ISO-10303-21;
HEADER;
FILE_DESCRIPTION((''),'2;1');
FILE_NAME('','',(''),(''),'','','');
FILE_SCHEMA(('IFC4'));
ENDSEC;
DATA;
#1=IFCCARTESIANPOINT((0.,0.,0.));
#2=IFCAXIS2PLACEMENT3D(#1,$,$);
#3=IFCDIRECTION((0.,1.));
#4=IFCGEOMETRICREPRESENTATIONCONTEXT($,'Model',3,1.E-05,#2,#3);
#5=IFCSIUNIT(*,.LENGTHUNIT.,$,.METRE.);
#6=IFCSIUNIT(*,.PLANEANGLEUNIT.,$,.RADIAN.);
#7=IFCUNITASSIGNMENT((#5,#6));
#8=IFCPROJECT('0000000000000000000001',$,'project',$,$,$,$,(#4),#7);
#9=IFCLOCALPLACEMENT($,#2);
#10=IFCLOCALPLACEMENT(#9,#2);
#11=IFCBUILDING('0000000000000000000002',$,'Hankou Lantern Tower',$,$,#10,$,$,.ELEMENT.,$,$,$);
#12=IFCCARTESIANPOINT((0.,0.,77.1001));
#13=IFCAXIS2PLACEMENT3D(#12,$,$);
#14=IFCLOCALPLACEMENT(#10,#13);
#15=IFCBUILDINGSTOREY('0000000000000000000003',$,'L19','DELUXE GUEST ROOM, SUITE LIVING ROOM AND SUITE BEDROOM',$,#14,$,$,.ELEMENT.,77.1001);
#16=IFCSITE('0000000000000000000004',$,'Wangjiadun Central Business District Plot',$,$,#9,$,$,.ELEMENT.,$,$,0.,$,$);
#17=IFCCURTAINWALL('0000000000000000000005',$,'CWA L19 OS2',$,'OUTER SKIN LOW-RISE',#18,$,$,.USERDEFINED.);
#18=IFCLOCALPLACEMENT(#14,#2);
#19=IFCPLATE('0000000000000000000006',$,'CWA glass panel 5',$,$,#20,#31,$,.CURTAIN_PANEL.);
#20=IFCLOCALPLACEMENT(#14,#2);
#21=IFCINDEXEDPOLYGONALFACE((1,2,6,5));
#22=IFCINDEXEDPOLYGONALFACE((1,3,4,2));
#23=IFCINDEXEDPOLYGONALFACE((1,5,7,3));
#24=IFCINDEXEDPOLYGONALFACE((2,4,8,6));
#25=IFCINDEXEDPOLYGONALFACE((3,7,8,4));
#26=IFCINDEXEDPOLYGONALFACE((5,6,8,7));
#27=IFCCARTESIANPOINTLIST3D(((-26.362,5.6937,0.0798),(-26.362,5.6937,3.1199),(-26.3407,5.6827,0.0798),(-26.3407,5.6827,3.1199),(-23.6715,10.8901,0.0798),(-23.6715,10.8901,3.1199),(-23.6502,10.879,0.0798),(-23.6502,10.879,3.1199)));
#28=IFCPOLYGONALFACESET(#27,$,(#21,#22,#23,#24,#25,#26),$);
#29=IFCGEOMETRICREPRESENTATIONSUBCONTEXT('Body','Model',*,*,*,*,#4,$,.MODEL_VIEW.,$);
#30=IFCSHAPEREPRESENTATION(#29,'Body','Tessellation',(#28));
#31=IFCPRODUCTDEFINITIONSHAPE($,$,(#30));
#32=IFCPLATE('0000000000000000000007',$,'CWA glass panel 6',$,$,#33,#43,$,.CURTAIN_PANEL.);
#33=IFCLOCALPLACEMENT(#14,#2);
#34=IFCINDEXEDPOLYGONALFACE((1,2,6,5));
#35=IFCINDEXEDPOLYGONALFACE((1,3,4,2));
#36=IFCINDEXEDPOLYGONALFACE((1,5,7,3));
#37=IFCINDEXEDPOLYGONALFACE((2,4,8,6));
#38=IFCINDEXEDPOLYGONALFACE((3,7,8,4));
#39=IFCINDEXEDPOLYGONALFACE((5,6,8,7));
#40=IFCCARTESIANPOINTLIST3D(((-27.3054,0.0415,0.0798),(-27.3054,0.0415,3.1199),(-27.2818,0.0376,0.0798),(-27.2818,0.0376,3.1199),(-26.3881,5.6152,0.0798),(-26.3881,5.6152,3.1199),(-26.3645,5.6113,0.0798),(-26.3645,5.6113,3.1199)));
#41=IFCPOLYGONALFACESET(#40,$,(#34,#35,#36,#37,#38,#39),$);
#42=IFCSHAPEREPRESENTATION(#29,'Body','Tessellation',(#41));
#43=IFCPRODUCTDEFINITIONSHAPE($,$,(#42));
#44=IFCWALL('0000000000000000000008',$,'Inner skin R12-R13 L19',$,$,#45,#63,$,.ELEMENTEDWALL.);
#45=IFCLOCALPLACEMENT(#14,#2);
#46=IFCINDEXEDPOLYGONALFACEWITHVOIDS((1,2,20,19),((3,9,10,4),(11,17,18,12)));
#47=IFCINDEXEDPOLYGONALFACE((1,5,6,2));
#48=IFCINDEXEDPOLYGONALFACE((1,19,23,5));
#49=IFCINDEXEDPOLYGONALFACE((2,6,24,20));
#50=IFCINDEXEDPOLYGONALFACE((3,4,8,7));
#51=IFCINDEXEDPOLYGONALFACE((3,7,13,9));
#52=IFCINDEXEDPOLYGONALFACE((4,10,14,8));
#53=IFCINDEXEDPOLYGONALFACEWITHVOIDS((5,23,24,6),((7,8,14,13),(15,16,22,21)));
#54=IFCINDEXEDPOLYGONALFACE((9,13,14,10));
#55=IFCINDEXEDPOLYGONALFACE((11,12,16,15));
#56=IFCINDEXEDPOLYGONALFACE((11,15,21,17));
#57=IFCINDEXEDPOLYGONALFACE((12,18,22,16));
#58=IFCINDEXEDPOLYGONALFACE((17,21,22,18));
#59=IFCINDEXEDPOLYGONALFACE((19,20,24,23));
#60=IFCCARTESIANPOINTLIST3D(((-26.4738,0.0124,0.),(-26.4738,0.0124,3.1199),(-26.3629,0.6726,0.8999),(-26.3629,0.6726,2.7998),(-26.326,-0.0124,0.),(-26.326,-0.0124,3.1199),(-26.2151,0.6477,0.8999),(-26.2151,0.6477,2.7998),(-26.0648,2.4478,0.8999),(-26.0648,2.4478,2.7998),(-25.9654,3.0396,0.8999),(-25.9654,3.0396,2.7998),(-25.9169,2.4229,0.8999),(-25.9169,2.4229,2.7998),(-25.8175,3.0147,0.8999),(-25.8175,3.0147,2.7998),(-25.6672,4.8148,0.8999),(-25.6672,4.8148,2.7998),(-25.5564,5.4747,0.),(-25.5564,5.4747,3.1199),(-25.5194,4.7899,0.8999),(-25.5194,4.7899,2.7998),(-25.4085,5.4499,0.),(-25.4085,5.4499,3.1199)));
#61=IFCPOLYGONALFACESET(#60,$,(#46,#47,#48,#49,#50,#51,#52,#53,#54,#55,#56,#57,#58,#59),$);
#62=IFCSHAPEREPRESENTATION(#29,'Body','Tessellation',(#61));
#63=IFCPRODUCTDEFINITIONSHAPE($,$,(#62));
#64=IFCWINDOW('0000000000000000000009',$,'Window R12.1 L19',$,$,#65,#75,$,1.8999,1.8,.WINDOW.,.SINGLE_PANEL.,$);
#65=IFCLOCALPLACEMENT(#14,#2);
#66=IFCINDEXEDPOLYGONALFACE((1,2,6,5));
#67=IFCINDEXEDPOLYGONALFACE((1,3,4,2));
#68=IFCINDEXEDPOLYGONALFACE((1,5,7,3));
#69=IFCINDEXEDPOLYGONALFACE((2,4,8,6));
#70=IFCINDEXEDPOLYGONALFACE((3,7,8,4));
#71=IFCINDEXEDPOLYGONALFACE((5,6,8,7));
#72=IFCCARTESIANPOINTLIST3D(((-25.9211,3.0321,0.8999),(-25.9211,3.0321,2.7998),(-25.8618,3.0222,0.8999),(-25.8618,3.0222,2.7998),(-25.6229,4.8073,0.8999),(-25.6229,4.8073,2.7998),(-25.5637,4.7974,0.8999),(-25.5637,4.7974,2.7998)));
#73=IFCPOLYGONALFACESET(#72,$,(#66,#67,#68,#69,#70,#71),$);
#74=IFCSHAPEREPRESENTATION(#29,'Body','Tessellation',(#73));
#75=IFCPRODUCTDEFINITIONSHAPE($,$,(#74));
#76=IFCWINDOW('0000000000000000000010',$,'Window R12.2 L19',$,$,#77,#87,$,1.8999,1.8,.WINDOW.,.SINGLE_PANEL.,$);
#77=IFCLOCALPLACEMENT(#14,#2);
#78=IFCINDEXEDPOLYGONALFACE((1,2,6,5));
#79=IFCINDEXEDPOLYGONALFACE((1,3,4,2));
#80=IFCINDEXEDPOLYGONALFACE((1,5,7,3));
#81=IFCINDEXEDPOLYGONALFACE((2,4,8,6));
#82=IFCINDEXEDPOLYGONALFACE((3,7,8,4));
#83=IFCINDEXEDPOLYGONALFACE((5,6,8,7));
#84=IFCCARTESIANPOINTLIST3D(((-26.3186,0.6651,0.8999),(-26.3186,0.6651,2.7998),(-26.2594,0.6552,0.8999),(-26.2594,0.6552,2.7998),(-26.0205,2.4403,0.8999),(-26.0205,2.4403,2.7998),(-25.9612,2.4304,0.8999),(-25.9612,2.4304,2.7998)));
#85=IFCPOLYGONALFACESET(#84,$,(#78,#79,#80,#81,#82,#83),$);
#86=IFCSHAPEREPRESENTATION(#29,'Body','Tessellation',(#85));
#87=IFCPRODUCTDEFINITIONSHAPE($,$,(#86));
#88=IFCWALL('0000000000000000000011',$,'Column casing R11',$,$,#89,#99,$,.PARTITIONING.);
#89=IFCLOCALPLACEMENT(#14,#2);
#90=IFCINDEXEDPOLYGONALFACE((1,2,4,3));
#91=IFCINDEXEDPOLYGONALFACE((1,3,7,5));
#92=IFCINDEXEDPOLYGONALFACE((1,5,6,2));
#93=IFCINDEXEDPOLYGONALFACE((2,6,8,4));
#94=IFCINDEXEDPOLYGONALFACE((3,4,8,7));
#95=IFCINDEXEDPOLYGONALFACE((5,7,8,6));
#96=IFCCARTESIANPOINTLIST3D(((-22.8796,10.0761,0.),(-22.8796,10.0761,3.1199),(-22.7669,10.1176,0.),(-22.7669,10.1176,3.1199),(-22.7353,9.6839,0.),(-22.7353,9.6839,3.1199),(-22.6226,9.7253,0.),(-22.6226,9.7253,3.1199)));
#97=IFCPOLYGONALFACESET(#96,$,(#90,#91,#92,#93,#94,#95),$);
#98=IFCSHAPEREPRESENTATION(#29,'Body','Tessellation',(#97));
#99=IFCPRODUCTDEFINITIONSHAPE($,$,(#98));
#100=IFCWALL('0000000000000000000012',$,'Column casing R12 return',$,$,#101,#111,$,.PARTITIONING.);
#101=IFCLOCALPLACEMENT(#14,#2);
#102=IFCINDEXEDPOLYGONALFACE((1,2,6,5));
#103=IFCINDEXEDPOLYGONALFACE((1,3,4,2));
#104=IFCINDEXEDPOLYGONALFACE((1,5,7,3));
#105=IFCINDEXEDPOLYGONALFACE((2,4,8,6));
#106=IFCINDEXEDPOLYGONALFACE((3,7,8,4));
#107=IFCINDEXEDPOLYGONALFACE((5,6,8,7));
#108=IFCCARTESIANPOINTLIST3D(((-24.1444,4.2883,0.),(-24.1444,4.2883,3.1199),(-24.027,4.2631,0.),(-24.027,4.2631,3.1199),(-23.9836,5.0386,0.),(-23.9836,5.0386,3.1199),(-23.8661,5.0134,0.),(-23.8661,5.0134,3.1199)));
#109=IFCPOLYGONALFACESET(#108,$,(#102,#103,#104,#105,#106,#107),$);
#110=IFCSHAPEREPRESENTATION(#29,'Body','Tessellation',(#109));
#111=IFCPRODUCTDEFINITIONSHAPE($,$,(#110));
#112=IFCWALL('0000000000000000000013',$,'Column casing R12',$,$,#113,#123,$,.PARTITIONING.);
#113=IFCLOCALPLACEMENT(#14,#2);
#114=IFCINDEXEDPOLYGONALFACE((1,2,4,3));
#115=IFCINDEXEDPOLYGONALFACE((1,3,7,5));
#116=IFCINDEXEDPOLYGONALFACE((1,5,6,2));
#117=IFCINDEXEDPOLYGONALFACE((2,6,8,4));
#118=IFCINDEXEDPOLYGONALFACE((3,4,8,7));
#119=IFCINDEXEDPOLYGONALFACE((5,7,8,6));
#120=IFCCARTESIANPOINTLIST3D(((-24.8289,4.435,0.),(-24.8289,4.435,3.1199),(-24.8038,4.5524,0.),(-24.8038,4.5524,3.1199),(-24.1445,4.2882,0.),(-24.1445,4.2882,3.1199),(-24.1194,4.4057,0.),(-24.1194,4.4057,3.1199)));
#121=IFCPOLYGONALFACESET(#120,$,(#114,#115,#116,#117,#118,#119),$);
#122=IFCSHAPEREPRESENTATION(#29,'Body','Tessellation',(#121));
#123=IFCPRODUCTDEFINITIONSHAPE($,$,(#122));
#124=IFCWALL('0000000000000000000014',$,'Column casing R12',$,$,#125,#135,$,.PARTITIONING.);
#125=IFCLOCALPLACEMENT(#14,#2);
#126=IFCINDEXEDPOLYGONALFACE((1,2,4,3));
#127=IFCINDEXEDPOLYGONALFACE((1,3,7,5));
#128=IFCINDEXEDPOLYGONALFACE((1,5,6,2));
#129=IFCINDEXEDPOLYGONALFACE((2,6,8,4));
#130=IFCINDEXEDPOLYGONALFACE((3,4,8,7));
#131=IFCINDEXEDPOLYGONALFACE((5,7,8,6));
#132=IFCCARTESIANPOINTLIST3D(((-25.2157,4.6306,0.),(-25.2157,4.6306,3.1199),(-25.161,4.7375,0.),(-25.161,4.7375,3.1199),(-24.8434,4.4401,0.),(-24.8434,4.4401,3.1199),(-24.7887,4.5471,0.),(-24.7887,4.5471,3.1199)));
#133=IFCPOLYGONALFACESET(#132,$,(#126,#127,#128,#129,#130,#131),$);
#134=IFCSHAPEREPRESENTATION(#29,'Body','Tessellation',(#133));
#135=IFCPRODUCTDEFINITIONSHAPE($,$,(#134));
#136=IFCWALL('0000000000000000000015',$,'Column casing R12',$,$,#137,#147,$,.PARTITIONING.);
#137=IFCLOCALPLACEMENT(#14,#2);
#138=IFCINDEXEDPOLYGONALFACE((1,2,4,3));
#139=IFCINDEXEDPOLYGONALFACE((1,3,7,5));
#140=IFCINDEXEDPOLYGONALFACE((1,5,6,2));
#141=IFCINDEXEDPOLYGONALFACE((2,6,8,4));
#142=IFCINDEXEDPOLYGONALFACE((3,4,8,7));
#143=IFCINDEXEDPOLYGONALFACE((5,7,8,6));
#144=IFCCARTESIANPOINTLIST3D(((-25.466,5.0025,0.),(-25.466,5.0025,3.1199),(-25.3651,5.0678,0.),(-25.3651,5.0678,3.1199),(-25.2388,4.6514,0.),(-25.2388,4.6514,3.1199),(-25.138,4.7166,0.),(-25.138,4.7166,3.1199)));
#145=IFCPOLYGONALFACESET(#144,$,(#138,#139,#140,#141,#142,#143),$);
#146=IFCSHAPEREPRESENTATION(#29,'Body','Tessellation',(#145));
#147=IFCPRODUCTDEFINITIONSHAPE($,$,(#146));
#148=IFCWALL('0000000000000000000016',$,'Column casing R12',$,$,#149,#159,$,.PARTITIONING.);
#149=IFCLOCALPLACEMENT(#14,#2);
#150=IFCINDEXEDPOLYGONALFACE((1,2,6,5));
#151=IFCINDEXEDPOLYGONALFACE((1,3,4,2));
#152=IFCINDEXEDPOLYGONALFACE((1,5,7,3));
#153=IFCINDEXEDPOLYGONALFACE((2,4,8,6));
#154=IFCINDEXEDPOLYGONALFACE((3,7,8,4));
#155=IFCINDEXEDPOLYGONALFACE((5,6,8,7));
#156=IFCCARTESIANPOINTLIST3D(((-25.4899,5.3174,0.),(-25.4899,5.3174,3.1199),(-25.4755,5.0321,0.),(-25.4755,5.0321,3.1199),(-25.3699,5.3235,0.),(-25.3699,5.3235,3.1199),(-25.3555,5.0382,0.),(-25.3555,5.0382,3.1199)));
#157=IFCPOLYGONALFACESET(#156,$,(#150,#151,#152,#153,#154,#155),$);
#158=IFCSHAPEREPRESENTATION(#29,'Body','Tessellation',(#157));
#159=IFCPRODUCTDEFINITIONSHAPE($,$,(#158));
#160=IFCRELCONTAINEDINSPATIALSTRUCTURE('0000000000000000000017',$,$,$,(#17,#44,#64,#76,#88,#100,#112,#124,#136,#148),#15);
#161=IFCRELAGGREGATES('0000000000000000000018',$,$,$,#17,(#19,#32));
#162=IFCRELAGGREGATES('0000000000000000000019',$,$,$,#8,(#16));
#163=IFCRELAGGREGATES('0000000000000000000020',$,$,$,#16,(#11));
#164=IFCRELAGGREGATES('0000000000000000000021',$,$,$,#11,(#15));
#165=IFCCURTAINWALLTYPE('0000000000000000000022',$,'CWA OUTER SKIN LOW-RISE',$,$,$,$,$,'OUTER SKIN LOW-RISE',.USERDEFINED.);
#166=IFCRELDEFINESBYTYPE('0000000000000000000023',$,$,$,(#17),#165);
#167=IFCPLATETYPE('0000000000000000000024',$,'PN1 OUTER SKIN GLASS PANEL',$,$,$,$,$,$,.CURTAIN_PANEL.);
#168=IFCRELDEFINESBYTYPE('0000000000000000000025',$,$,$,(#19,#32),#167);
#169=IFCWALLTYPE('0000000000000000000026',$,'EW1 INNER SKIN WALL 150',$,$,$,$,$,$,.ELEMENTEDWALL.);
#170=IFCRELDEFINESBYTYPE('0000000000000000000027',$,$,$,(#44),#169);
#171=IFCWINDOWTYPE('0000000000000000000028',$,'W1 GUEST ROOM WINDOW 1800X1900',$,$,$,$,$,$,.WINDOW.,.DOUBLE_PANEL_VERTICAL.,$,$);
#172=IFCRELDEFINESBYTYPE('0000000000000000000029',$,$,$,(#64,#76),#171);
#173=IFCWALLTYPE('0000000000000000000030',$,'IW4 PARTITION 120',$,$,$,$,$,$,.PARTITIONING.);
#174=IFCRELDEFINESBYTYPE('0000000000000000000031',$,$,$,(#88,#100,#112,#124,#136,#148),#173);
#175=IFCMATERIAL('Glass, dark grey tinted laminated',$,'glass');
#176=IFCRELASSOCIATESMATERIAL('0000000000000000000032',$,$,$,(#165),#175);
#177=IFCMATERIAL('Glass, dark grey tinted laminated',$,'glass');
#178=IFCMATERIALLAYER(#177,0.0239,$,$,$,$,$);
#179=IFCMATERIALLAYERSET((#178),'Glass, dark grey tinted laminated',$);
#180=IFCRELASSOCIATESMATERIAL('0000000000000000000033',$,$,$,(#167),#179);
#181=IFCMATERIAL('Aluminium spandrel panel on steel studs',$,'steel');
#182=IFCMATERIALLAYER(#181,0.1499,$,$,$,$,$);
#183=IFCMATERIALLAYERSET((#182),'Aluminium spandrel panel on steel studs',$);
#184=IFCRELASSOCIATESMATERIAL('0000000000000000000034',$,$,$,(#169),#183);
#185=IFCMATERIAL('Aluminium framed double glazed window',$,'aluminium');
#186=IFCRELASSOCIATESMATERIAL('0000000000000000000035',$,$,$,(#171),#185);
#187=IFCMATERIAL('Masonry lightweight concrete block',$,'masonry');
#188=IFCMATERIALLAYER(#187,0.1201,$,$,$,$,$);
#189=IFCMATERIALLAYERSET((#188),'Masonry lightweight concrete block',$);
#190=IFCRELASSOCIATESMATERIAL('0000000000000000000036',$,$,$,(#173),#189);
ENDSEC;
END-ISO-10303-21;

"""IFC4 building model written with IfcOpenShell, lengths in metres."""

from ifc_helpers import new_model, si_unit, direction, frame, frame_2d, origin, origin_2d, place, context, subcontext, project, spatial, rectangle, extrude, material, layer, layer_set, type_object, element, fill, aggregate, save


model = new_model("IFC4")

# Units and contexts
model_context = context("Model", 3, precision=1e-05, world=origin(), true_north=direction((0.0, 1.0)))
body_context = subcontext(model_context, "Body", "Model", "MODEL_VIEW")
ifc_project = project(units=[si_unit("LENGTHUNIT", "METRE"), si_unit("PLANEANGLEUNIT", "RADIAN")], contexts=[model_context])

# Site, building, storey
site_placement = place(None, origin())
site = spatial("IfcSite", under=ifc_project, at=site_placement, Name="Wangjiadun Central Business District Plot", CompositionType="ELEMENT", RefElevation=0.0)
building_placement = place(site_placement, origin())
building = spatial("IfcBuilding", under=site, at=building_placement, Name="Hankou Lantern Tower", CompositionType="ELEMENT")
storey_placement = place(building_placement, frame((0.0, 0.0, 77.1001)))
storey = spatial("IfcBuildingStorey", under=building, at=storey_placement, Name="L19", Description="DELUXE GUEST ROOM, SUITE LIVING ROOM AND SUITE BEDROOM", CompositionType="ELEMENT", Elevation=77.1001)

# Curtain wall
ifc_material_1 = material(Name="Glass, dark grey tinted laminated", Category="glass")
curtain_wall_type = type_object("IfcCurtainWallType", Name="CWA OUTER SKIN LOW-RISE", ElementType="OUTER SKIN LOW-RISE", PredefinedType="USERDEFINED", material=ifc_material_1)
curtain_wall_placement = place(storey_placement, origin())
curtain_wall = element("IfcCurtainWall", 1, at=curtain_wall_placement, inside=storey, type_object=curtain_wall_type, Name="CWA L19 OS2", ObjectType="OUTER SKIN LOW-RISE", PredefinedType="USERDEFINED")

# Plates
ifc_material_2 = material(Name="Glass, dark grey tinted laminated", Category="glass")
ifc_layer_1 = layer(ifc_material_2, 0.0239)
ifc_layer_set_1 = layer_set([ifc_layer_1], Name="Glass, dark grey tinted laminated")
plate_type = type_object("IfcPlateType", Name="PN1 OUTER SKIN GLASS PANEL", PredefinedType="CURTAIN_PANEL", material=ifc_layer_set_1)
plate_1_placement = place(storey_placement, frame((-25.0061, 8.2864, 0.0798), z_axis=(0.0, 0.0, 1.0), x_axis=(-0.459791, -0.888027, 0.0)))
plate_1 = element("IfcPlate", 2, at=plate_1_placement, type_object=plate_type, Name="CWA glass panel 5", PredefinedType="CURTAIN_PANEL", context=body_context, shape_type="SweptSolid", body=[
    extrude(rectangle(XDim=5.8516, YDim=0.0239, at=origin_2d()), origin(), (0.0, 0.0, 1.0), 3.04),
])
plate_2_placement = place(storey_placement, frame((-26.835, 2.8264, 0.0798), z_axis=(0.0, 0.0, 1.0), x_axis=(-0.162382, -0.986728, 0.0)))
plate_2 = element("IfcPlate", 3, at=plate_2_placement, type_object=plate_type, Name="CWA glass panel 6", PredefinedType="CURTAIN_PANEL", context=body_context, shape_type="SweptSolid", body=[
    extrude(rectangle(XDim=5.6487, YDim=0.0239, at=origin_2d()), origin(), (0.0, 0.0, 1.0), 3.04),
])
aggregate(curtain_wall, [plate_1, plate_2])

# Wall, openings, windows
ifc_material_3 = material(Name="Aluminium spandrel panel on steel studs", Category="steel")
ifc_layer_2 = layer(ifc_material_3, 0.1499)
ifc_layer_set_2 = layer_set([ifc_layer_2], Name="Aluminium spandrel panel on steel studs")
wall_type_1 = type_object("IfcWallType", Name="EW1 INNER SKIN WALL 150", PredefinedType="ELEMENTEDWALL", material=ifc_layer_set_2)
wall_1_placement = place(storey_placement, frame((-25.4824, 5.4624, 0.0), z_axis=(0.0, 0.0, 1.0), x_axis=(-0.165643, -0.986186, 0.0)))
wall_1 = element("IfcWall", 4, at=wall_1_placement, inside=storey, type_object=wall_type_1, Name="Inner skin R12-R13 L19", PredefinedType="ELEMENTEDWALL", context=body_context, shape_type="SweptSolid", body=[
    extrude(rectangle(XDim=5.5388, YDim=0.1499, at=frame_2d((2.7695, 0.0))), origin(), (0.0, 0.0, 1.0), 3.1199),
])
opening_1_placement = place(wall_1_placement, frame((0.6694, 0.0, 0.8999)))
opening_1 = element("IfcOpeningElement", 5, at=opening_1_placement, cuts=wall_1, PredefinedType="OPENING", context=body_context, shape_type="SweptSolid", body=[
    extrude(rectangle(XDim=1.8, YDim=1.8999, at=frame_2d((0.8999, 0.95))), frame((0.0, 0.085, 0.0), z_axis=(0.0, -1.0, 0.0), x_axis=(1.0, 0.0, 0.0)), (0.0, 0.0, 1.0), 0.1699),
])
opening_2_placement = place(wall_1_placement, frame((3.0696, 0.0, 0.8999)))
opening_2 = element("IfcOpeningElement", 6, at=opening_2_placement, cuts=wall_1, PredefinedType="OPENING", context=body_context, shape_type="SweptSolid", body=[
    extrude(rectangle(XDim=1.8, YDim=1.8999, at=frame_2d((0.8999, 0.95))), frame((0.0, 0.085, 0.0), z_axis=(0.0, -1.0, 0.0), x_axis=(1.0, 0.0, 0.0)), (0.0, 0.0, 1.0), 0.1699),
])
ifc_material_4 = material(Name="Aluminium framed double glazed window", Category="aluminium")
window_type = type_object("IfcWindowType", Name="W1 GUEST ROOM WINDOW 1800X1900", PartitioningType="DOUBLE_PANEL_VERTICAL", PredefinedType="WINDOW", material=ifc_material_4)
window_1_placement = place(opening_1_placement, origin())
window_1 = element("IfcWindow", 7, at=window_1_placement, inside=storey, type_object=window_type, Name="Window R12.1 L19", OverallHeight=1.8999, OverallWidth=1.8, PartitioningType="SINGLE_PANEL", PredefinedType="WINDOW", context=body_context, shape_type="SweptSolid", body=[
    extrude(rectangle(XDim=1.8, YDim=1.8999, at=frame_2d((0.8999, 0.95))), frame((0.0, 0.03, 0.0), z_axis=(0.0, -1.0, 0.0), x_axis=(1.0, 0.0, 0.0)), (0.0, 0.0, 1.0), 0.0601),
])
fill(opening_1, window_1)
window_2_placement = place(opening_2_placement, origin())
window_2 = element("IfcWindow", 8, at=window_2_placement, inside=storey, type_object=window_type, Name="Window R12.2 L19", OverallHeight=1.8999, OverallWidth=1.8, PartitioningType="SINGLE_PANEL", PredefinedType="WINDOW", context=body_context, shape_type="SweptSolid", body=[
    extrude(rectangle(XDim=1.8, YDim=1.8999, at=frame_2d((0.8999, 0.95))), frame((0.0, 0.03, 0.0), z_axis=(0.0, -1.0, 0.0), x_axis=(1.0, 0.0, 0.0)), (0.0, 0.0, 1.0), 0.0601),
])
fill(opening_2, window_2)

# Walls
ifc_material_5 = material(Name="Masonry lightweight concrete block", Category="masonry")
ifc_layer_3 = layer(ifc_material_5, 0.1201)
ifc_layer_set_3 = layer_set([ifc_layer_3], Name="Masonry lightweight concrete block")
wall_type_2 = type_object("IfcWallType", Name="IW4 PARTITION 120", PredefinedType="PARTITIONING", material=ifc_layer_set_3)
wall_2_placement = place(storey_placement, frame((-22.679, 9.7046, 0.0), z_axis=(0.0, 0.0, 1.0), x_axis=(-0.345164, 0.938542, 0.0)))
element("IfcWall", 9, at=wall_2_placement, inside=storey, type_object=wall_type_2, Name="Column casing R11", PredefinedType="PARTITIONING", context=body_context, shape_type="SweptSolid", body=[
    extrude(rectangle(XDim=0.418, YDim=0.1201, at=frame_2d((0.209, 0.0))), origin(), (0.0, 0.0, 1.0), 3.1199),
])
wall_3_placement = place(storey_placement, frame((-23.9248, 5.0261, 0.0), z_axis=(0.0, 0.0, 1.0), x_axis=(-0.209681, -0.97777, 0.0)))
element("IfcWall", 10, at=wall_3_placement, inside=storey, type_object=wall_type_2, Name="Column casing R12 return", PredefinedType="PARTITIONING", context=body_context, shape_type="SweptSolid", body=[
    extrude(rectangle(XDim=0.7673, YDim=0.1201, at=frame_2d((0.3838, 0.0))), origin(), (0.0, 0.0, 1.0), 3.1199),
])
wall_4_placement = place(storey_placement, frame((-24.1318, 4.3469, 0.0), z_axis=(0.0, 0.0, 1.0), x_axis=(-0.977777, 0.209648, 0.0)))
element("IfcWall", 11, at=wall_4_placement, inside=storey, type_object=wall_type_2, Name="Column casing R12", PredefinedType="PARTITIONING", context=body_context, shape_type="SweptSolid", body=[
    extrude(rectangle(XDim=0.7, YDim=0.1201, at=frame_2d((0.3501, 0.0))), origin(), (0.0, 0.0, 1.0), 3.1199),
])
for number, where, z_axis, x_axis, name in (
    (12, (-24.8162, 4.4937, 0.0), (0.0, 0.0, 1.0), (-0.890303, 0.455368, 0.0), "Column casing R12"),
    (13, (-25.1885, 4.6841, 0.0), (0.0, 0.0, 1.0), (-0.543058, 0.839695, 0.0), "Column casing R12"),
):
    element("IfcWall", number, at=place(storey_placement, frame(where, z_axis=z_axis, x_axis=x_axis)), inside=storey, type_object=wall_type_2, Name=name, PredefinedType="PARTITIONING", context=body_context, shape_type="SweptSolid", body=[
        extrude(rectangle(XDim=0.4182, YDim=0.1201, at=frame_2d((0.209, 0.0))), origin(), (0.0, 0.0, 1.0), 3.1199),
    ])
wall_5_placement = place(storey_placement, frame((-25.4155, 5.0352, 0.0), z_axis=(0.0, 0.0, 1.0), x_axis=(-0.050406, 0.998729, 0.0)))
element("IfcWall", 14, at=wall_5_placement, inside=storey, type_object=wall_type_2, Name="Column casing R12", PredefinedType="PARTITIONING", context=body_context, shape_type="SweptSolid", body=[
    extrude(rectangle(XDim=0.2856, YDim=0.1201, at=frame_2d((0.1428, 0.0))), origin(), (0.0, 0.0, 1.0), 3.1199),
])

save(model, "model.ifc")
